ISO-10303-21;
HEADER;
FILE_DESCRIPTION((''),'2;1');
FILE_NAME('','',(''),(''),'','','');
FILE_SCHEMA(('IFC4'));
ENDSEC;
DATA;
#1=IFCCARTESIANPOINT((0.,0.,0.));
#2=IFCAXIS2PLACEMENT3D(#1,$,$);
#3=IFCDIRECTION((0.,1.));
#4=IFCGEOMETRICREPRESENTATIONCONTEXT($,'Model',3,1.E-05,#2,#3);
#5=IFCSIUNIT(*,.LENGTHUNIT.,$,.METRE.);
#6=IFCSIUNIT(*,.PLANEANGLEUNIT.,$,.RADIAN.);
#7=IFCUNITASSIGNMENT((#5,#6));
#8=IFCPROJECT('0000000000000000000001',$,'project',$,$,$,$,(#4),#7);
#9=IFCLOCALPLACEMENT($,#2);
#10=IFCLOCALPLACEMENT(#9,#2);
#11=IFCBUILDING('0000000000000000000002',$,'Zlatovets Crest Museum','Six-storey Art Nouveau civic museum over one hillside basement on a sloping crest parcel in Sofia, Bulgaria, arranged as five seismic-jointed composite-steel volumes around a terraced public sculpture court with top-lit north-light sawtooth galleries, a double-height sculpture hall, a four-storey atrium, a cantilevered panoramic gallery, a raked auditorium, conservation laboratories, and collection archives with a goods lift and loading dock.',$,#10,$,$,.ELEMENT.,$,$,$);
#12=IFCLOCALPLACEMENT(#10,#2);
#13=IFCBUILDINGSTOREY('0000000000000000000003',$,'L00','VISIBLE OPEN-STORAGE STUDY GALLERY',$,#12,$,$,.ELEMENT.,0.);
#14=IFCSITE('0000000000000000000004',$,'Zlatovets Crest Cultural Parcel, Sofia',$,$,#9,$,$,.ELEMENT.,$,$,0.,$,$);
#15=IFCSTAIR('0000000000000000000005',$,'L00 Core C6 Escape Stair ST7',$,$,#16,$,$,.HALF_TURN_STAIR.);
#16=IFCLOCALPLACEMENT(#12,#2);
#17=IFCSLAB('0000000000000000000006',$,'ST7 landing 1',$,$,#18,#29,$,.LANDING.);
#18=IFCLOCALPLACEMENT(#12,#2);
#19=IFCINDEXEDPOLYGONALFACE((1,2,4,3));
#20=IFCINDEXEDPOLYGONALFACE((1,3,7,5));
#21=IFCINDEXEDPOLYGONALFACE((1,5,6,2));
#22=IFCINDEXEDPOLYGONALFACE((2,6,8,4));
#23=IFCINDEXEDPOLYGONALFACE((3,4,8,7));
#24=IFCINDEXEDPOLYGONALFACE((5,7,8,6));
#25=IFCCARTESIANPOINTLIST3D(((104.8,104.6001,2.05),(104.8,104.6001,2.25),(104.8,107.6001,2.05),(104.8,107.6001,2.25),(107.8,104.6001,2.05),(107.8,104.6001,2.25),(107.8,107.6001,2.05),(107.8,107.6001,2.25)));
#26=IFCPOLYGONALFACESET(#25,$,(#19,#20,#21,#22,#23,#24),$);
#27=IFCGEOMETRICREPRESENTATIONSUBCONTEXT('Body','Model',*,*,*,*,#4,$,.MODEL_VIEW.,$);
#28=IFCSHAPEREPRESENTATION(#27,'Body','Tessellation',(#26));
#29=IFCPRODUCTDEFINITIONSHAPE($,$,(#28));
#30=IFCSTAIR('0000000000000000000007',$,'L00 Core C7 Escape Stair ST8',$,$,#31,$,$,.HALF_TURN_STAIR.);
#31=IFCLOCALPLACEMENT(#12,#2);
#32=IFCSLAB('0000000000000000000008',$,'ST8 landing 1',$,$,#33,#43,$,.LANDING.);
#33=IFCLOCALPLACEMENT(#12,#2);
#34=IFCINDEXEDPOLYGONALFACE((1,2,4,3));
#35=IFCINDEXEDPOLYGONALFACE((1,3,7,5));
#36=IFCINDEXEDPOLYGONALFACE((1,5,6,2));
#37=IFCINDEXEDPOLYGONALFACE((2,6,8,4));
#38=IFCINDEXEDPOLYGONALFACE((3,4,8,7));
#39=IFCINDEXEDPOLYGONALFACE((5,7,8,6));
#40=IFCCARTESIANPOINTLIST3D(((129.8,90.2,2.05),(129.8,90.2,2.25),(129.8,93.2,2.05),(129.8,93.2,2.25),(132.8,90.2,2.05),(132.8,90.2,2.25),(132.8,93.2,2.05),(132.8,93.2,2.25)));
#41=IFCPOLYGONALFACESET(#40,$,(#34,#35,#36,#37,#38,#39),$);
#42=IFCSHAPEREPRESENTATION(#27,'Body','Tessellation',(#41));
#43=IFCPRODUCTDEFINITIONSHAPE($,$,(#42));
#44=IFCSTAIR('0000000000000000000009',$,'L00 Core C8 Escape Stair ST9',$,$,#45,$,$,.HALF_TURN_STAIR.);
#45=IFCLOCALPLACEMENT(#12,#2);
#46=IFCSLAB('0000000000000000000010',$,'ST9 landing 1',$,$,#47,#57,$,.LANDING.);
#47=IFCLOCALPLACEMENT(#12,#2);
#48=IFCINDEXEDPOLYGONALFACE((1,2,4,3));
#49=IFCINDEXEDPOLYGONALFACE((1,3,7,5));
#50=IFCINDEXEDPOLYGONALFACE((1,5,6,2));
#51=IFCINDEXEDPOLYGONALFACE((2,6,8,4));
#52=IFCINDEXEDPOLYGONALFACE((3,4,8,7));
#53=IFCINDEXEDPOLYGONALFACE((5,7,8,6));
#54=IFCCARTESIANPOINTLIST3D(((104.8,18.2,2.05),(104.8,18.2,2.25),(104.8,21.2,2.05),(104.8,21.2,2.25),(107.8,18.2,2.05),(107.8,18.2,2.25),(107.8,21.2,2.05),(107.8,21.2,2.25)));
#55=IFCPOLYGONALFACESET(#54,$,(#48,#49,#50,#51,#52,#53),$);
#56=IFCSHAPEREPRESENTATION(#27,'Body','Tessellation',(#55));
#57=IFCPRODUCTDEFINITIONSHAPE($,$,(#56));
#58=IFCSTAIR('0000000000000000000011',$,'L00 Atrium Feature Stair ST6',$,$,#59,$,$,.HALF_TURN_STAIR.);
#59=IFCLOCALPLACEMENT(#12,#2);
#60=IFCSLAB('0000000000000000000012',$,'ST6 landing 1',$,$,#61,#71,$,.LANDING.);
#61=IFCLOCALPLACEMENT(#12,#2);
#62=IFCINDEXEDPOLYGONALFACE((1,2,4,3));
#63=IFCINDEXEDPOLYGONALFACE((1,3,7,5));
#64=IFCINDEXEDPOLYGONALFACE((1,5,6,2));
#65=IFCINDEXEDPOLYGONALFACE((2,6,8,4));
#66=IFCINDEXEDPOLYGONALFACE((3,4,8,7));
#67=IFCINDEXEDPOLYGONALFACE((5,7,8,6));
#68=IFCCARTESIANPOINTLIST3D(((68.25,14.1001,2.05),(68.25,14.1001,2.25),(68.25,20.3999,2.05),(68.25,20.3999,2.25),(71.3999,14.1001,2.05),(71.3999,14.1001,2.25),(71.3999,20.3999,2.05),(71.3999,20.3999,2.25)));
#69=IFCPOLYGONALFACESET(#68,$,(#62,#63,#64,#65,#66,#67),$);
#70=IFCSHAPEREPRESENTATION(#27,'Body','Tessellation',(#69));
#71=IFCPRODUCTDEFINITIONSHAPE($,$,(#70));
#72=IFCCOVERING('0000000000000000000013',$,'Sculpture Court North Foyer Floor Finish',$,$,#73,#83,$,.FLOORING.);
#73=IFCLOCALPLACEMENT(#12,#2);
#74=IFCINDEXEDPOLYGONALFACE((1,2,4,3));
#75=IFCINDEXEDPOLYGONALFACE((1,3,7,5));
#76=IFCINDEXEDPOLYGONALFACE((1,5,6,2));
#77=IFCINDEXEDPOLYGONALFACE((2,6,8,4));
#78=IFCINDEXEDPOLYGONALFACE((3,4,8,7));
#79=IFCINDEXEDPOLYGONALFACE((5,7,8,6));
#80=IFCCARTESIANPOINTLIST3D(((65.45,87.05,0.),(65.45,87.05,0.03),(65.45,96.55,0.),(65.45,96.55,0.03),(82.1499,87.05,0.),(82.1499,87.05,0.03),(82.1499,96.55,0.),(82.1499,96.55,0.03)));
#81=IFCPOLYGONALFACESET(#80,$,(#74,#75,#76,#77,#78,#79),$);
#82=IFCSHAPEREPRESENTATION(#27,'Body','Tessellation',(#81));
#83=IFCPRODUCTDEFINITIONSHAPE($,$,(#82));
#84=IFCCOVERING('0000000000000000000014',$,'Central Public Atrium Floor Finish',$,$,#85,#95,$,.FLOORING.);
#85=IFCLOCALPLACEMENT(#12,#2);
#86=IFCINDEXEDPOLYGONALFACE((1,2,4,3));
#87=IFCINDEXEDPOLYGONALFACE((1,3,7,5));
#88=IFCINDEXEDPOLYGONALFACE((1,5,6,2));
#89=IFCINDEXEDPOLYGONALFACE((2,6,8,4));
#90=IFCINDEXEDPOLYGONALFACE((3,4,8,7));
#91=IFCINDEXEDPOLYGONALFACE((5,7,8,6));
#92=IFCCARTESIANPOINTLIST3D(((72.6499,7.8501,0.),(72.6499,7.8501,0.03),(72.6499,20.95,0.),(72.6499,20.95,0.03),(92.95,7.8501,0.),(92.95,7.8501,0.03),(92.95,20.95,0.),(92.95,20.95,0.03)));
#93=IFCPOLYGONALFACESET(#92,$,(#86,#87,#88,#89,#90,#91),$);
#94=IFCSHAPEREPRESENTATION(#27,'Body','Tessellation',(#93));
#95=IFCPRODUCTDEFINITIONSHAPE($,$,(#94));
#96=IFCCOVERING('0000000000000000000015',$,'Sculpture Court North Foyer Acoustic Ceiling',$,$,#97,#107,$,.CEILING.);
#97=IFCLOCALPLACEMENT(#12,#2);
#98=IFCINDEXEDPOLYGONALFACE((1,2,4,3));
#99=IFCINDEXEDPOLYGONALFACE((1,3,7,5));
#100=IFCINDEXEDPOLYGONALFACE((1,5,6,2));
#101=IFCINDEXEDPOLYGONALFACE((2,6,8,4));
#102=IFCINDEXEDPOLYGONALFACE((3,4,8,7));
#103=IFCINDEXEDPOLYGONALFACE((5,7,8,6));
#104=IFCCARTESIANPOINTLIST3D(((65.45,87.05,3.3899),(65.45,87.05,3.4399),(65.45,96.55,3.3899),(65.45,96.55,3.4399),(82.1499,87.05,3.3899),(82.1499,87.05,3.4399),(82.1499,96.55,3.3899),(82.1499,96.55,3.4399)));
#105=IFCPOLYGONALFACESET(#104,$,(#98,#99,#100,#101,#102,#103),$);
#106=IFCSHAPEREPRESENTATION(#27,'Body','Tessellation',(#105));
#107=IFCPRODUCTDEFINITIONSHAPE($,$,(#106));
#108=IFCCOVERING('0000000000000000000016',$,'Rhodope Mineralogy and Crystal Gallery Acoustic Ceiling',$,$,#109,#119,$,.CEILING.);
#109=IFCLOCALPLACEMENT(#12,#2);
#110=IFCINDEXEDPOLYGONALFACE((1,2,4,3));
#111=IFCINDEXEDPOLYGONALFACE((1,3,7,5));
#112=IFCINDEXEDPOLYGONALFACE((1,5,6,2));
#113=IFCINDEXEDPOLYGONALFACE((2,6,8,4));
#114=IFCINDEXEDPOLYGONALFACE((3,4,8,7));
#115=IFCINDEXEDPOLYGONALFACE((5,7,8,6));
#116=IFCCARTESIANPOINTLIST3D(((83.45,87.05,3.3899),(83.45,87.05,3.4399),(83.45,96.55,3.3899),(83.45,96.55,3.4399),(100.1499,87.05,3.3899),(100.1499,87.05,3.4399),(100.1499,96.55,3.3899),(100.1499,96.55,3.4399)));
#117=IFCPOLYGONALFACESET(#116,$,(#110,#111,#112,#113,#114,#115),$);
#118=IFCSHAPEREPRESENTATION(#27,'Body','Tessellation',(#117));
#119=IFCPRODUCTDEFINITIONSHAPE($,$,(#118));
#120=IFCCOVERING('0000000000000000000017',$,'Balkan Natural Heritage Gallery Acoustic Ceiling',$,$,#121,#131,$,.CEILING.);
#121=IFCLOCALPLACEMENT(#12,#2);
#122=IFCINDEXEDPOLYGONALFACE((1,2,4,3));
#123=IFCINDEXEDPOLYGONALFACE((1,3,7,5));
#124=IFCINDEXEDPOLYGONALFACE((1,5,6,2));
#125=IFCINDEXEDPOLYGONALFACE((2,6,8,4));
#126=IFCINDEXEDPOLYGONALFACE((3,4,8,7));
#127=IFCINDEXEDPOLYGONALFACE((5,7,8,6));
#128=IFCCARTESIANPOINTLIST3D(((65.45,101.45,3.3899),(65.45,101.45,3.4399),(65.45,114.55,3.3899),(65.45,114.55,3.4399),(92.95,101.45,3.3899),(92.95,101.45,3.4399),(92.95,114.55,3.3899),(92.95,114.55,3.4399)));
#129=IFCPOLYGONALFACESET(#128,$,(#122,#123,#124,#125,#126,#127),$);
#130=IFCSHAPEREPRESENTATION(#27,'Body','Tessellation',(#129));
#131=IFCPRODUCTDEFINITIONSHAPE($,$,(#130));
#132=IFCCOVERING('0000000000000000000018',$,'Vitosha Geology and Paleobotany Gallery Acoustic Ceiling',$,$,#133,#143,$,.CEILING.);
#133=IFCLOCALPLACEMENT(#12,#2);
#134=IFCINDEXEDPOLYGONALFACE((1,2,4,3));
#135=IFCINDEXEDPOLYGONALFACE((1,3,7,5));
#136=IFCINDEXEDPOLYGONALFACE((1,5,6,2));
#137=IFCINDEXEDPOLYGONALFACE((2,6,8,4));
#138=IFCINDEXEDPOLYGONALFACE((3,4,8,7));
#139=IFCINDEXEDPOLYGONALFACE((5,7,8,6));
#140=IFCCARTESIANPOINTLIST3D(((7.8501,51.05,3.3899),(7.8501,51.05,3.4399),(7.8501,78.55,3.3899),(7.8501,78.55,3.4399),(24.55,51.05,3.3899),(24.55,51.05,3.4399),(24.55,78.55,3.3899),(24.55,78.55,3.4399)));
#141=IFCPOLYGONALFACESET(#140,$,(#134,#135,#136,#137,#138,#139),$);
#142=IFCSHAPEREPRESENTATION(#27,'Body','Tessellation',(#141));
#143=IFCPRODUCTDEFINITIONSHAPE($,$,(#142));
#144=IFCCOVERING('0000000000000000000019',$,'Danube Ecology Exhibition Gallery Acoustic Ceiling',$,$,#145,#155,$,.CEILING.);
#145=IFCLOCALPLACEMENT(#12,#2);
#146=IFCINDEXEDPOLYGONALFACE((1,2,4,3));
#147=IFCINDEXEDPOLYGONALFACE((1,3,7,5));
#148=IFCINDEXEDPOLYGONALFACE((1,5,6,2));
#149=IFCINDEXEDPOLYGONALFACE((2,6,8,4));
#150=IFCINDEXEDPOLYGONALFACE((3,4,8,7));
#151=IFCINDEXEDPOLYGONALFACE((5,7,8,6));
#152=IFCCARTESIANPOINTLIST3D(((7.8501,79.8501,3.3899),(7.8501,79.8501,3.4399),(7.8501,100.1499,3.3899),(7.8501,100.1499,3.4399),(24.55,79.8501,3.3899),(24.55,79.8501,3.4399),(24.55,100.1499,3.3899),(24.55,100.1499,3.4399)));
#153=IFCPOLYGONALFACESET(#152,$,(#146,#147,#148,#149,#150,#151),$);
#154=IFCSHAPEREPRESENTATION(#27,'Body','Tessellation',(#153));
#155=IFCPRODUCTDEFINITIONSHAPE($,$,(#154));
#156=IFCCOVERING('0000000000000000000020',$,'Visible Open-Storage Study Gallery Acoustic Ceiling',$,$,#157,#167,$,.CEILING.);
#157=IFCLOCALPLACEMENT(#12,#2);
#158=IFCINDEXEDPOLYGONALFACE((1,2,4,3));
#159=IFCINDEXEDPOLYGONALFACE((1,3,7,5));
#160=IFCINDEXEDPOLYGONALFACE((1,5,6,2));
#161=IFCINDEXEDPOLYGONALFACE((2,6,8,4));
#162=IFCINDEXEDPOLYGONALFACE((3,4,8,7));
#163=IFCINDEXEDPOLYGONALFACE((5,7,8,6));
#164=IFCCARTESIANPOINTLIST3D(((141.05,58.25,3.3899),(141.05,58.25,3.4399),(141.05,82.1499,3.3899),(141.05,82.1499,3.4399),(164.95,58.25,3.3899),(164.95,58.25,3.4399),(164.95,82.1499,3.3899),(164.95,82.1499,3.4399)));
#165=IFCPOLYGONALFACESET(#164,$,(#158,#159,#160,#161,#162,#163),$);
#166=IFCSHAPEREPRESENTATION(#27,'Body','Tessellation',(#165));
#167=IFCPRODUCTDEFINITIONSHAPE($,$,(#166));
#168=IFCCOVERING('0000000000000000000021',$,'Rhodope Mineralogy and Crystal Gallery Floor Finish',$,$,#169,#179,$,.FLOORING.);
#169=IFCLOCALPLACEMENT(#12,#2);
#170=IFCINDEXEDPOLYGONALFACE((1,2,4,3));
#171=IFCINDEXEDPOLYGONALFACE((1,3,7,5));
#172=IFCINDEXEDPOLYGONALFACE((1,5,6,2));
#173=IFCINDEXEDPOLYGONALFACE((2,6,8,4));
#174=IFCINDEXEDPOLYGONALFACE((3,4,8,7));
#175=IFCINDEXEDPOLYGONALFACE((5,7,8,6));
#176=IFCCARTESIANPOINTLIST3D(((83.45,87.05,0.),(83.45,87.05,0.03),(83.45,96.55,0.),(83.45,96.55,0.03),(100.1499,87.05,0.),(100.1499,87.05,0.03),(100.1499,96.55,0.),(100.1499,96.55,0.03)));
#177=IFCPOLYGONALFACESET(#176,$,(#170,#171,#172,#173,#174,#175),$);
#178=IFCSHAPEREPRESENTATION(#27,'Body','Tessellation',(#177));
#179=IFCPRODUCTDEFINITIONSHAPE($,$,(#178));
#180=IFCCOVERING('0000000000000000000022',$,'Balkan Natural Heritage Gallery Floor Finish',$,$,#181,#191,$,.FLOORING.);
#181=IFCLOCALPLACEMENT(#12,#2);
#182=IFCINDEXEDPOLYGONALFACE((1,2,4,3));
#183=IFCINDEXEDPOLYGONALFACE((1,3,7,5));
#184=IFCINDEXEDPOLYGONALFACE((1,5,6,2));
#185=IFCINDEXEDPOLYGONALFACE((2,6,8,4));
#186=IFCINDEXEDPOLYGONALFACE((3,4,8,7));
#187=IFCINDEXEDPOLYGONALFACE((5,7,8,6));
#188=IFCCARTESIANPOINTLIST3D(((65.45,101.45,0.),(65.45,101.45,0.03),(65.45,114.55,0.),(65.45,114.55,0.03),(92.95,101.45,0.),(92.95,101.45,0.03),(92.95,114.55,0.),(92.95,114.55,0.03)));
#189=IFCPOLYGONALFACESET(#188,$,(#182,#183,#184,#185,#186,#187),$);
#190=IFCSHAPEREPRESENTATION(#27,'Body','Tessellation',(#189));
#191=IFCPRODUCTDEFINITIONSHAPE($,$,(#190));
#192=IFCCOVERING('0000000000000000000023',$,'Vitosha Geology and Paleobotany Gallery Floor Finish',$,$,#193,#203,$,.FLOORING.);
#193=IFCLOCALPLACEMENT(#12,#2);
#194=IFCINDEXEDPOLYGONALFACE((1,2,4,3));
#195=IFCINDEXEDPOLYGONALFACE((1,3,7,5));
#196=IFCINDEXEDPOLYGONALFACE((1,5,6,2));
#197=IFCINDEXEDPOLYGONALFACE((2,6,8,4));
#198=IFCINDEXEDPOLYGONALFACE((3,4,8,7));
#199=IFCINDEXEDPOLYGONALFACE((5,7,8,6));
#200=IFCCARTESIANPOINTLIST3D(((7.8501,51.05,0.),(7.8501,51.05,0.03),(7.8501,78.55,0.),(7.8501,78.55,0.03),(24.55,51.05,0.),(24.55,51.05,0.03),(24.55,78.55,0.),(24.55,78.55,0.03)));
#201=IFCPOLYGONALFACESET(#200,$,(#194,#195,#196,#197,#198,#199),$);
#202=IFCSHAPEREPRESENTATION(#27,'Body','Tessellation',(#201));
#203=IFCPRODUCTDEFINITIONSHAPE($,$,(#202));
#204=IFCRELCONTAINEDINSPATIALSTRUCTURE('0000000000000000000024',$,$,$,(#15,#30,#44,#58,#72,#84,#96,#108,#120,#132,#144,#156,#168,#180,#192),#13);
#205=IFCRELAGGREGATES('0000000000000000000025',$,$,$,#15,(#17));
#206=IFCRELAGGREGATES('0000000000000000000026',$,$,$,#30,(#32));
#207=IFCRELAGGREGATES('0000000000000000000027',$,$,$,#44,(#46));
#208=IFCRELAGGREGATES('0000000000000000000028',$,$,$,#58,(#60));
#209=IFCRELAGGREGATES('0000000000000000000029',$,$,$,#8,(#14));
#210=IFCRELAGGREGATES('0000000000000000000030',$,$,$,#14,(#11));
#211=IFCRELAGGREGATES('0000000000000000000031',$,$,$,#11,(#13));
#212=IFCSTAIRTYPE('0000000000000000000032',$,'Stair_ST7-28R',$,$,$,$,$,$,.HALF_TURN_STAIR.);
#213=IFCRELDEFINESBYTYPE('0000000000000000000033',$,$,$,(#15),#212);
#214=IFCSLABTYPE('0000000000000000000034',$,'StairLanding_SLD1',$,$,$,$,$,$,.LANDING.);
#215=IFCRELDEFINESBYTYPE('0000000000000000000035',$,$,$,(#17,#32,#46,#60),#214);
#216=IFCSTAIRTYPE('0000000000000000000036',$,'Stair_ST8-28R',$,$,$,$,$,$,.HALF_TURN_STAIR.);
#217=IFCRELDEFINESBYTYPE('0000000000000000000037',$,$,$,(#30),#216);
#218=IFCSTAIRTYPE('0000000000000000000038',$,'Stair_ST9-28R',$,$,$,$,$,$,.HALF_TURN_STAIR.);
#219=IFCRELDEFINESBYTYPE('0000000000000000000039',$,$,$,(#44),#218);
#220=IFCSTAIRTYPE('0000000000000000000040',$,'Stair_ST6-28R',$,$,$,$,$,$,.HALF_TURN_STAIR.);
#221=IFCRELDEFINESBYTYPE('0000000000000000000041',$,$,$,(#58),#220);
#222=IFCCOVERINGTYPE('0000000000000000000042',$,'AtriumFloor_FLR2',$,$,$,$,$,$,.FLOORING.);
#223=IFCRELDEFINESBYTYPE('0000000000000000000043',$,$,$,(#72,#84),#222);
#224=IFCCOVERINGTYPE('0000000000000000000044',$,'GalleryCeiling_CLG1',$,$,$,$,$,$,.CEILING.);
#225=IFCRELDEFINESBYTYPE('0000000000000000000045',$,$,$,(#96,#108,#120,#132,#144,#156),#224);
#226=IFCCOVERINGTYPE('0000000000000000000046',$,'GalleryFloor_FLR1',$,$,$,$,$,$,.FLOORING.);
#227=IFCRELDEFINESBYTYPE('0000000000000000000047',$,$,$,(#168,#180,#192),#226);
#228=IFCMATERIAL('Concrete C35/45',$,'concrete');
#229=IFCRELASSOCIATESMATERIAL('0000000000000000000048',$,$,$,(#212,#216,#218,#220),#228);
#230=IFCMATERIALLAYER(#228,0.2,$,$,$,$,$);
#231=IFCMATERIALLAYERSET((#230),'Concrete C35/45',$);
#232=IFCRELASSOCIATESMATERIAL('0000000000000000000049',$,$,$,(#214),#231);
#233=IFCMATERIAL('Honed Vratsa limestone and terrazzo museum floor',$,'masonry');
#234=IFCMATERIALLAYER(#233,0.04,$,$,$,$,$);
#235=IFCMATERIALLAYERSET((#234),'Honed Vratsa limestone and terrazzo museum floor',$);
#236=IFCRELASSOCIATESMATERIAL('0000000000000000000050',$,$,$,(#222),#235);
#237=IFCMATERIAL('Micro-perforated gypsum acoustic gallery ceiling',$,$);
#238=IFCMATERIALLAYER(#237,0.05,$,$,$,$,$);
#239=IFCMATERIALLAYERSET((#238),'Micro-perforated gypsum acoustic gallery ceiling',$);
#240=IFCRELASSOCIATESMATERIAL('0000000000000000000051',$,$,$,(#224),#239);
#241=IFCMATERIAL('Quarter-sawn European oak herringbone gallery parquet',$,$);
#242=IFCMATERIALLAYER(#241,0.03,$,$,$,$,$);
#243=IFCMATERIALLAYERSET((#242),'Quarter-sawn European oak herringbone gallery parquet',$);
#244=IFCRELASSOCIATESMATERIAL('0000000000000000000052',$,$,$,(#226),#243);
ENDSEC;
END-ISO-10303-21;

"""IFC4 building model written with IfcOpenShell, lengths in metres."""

from ifc_helpers import new_model, si_unit, direction, frame, origin, place, context, subcontext, project, spatial, polyline, outline, extrude, material, layer, layer_set, type_object, element, aggregate, save


model = new_model("IFC4")

# Units and contexts
model_context = context("Model", 3, precision=1e-05, world=origin(), true_north=direction((0.0, 1.0)))
body_context = subcontext(model_context, "Body", "Model", "MODEL_VIEW")
ifc_project = project(units=[si_unit("LENGTHUNIT", "METRE"), si_unit("PLANEANGLEUNIT", "RADIAN")], contexts=[model_context])

# Site, building, storey
site_placement = place(None, origin())
site = spatial("IfcSite", under=ifc_project, at=site_placement, Name="Zlatovets Crest Cultural Parcel, Sofia", CompositionType="ELEMENT", RefElevation=0.0)
building_placement = place(site_placement, origin())
building = spatial("IfcBuilding", under=site, at=building_placement, Name="Zlatovets Crest Museum", Description="Six-storey Art Nouveau civic museum over one hillside basement on a sloping crest parcel in Sofia, Bulgaria, arranged as five seismic-jointed composite-steel volumes around a terraced public sculpture court with top-lit north-light sawtooth galleries, a double-height sculpture hall, a four-storey atrium, a cantilevered panoramic gallery, a raked auditorium, conservation laboratories, and collection archives with a goods lift and loading dock.", CompositionType="ELEMENT")
storey_placement = place(building_placement, origin())
storey = spatial("IfcBuildingStorey", under=building, at=storey_placement, Name="L00", Description="VISIBLE OPEN-STORAGE STUDY GALLERY", CompositionType="ELEMENT", Elevation=0.0)

# Stairs, slabs
ifc_material_1 = material(Name="Concrete C35/45", Category="concrete")
stair_type_1 = type_object("IfcStairType", Name="Stair_ST7-28R", PredefinedType="HALF_TURN_STAIR", material=ifc_material_1)
stair_1_placement = place(storey_placement, origin())
stair_1 = element("IfcStair", 1, at=stair_1_placement, inside=storey, type_object=stair_type_1, Name="L00 Core C6 Escape Stair ST7", PredefinedType="HALF_TURN_STAIR")
ifc_layer_1 = layer(ifc_material_1, 0.2)
ifc_layer_set_1 = layer_set([ifc_layer_1], Name="Concrete C35/45")
slab_type = type_object("IfcSlabType", Name="StairLanding_SLD1", PredefinedType="LANDING", material=ifc_layer_set_1)
slab_1_placement = place(storey_placement, frame((0.0, 0.0, 2.05)))
slab_1 = element("IfcSlab", 2, at=slab_1_placement, type_object=slab_type, Name="ST7 landing 1", PredefinedType="LANDING", context=body_context, shape_type="SweptSolid", body=[
    extrude(outline(polyline([(107.8, 104.6001), (107.8, 107.6001), (104.8, 107.6001), (104.8, 104.6001), (107.8, 104.6001)])), origin(), (0.0, 0.0, 1.0), 0.2),
])
aggregate(stair_1, [slab_1])
stair_type_2 = type_object("IfcStairType", Name="Stair_ST8-28R", PredefinedType="HALF_TURN_STAIR", material=ifc_material_1)
stair_2_placement = place(storey_placement, origin())
stair_2 = element("IfcStair", 3, at=stair_2_placement, inside=storey, type_object=stair_type_2, Name="L00 Core C7 Escape Stair ST8", PredefinedType="HALF_TURN_STAIR")
slab_2_placement = place(storey_placement, frame((0.0, 0.0, 2.05)))
slab_2 = element("IfcSlab", 4, at=slab_2_placement, type_object=slab_type, Name="ST8 landing 1", PredefinedType="LANDING", context=body_context, shape_type="SweptSolid", body=[
    extrude(outline(polyline([(132.8, 90.2), (132.8, 93.2), (129.8, 93.2), (129.8, 90.2), (132.8, 90.2)])), origin(), (0.0, 0.0, 1.0), 0.2),
])
aggregate(stair_2, [slab_2])
stair_type_3 = type_object("IfcStairType", Name="Stair_ST9-28R", PredefinedType="HALF_TURN_STAIR", material=ifc_material_1)
stair_3_placement = place(storey_placement, origin())
stair_3 = element("IfcStair", 5, at=stair_3_placement, inside=storey, type_object=stair_type_3, Name="L00 Core C8 Escape Stair ST9", PredefinedType="HALF_TURN_STAIR")
slab_3_placement = place(storey_placement, frame((0.0, 0.0, 2.05)))
slab_3 = element("IfcSlab", 6, at=slab_3_placement, type_object=slab_type, Name="ST9 landing 1", PredefinedType="LANDING", context=body_context, shape_type="SweptSolid", body=[
    extrude(outline(polyline([(107.8, 18.2), (107.8, 21.2), (104.8, 21.2), (104.8, 18.2), (107.8, 18.2)])), origin(), (0.0, 0.0, 1.0), 0.2),
])
aggregate(stair_3, [slab_3])
stair_type_4 = type_object("IfcStairType", Name="Stair_ST6-28R", PredefinedType="HALF_TURN_STAIR", material=ifc_material_1)
stair_4_placement = place(storey_placement, origin())
stair_4 = element("IfcStair", 7, at=stair_4_placement, inside=storey, type_object=stair_type_4, Name="L00 Atrium Feature Stair ST6", PredefinedType="HALF_TURN_STAIR")
slab_4_placement = place(storey_placement, frame((0.0, 0.0, 2.05)))
slab_4 = element("IfcSlab", 8, at=slab_4_placement, type_object=slab_type, Name="ST6 landing 1", PredefinedType="LANDING", context=body_context, shape_type="SweptSolid", body=[
    extrude(outline(polyline([(71.3999, 14.1001), (71.3999, 20.3999), (68.25, 20.3999), (68.25, 14.1001), (71.3999, 14.1001)])), origin(), (0.0, 0.0, 1.0), 0.2),
])
aggregate(stair_4, [slab_4])

# Coverings
ifc_material_2 = material(Name="Honed Vratsa limestone and terrazzo museum floor", Category="masonry")
ifc_layer_2 = layer(ifc_material_2, 0.04)
ifc_layer_set_2 = layer_set([ifc_layer_2], Name="Honed Vratsa limestone and terrazzo museum floor")
covering_type_1 = type_object("IfcCoveringType", Name="AtriumFloor_FLR2", PredefinedType="FLOORING", material=ifc_layer_set_2)
covering_1_placement = place(storey_placement, origin())
element("IfcCovering", 9, at=covering_1_placement, inside=storey, type_object=covering_type_1, Name="Sculpture Court North Foyer Floor Finish", PredefinedType="FLOORING", context=body_context, shape_type="SweptSolid", body=[
    extrude(outline(polyline([(65.45, 87.05), (82.1499, 87.05), (82.1499, 96.55), (65.45, 96.55), (65.45, 87.05)])), origin(), (0.0, 0.0, 1.0), 0.03),
])
covering_2_placement = place(storey_placement, origin())
element("IfcCovering", 10, at=covering_2_placement, inside=storey, type_object=covering_type_1, Name="Central Public Atrium Floor Finish", PredefinedType="FLOORING", context=body_context, shape_type="SweptSolid", body=[
    extrude(outline(polyline([(72.6499, 7.8501), (92.95, 7.8501), (92.95, 20.95), (72.6499, 20.95), (72.6499, 7.8501)])), origin(), (0.0, 0.0, 1.0), 0.03),
])
ifc_material_3 = material(Name="Micro-perforated gypsum acoustic gallery ceiling")
ifc_layer_3 = layer(ifc_material_3, 0.05)
ifc_layer_set_3 = layer_set([ifc_layer_3], Name="Micro-perforated gypsum acoustic gallery ceiling")
covering_type_2 = type_object("IfcCoveringType", Name="GalleryCeiling_CLG1", PredefinedType="CEILING", material=ifc_layer_set_3)
covering_3_placement = place(storey_placement, frame((0.0, 0.0, 3.3899)))
element("IfcCovering", 11, at=covering_3_placement, inside=storey, type_object=covering_type_2, Name="Sculpture Court North Foyer Acoustic Ceiling", PredefinedType="CEILING", context=body_context, shape_type="SweptSolid", body=[
    extrude(outline(polyline([(65.45, 87.05), (82.1499, 87.05), (82.1499, 96.55), (65.45, 96.55), (65.45, 87.05)])), origin(), (0.0, 0.0, 1.0), 0.05),
])
covering_4_placement = place(storey_placement, frame((0.0, 0.0, 3.3899)))
element("IfcCovering", 12, at=covering_4_placement, inside=storey, type_object=covering_type_2, Name="Rhodope Mineralogy and Crystal Gallery Acoustic Ceiling", PredefinedType="CEILING", context=body_context, shape_type="SweptSolid", body=[
    extrude(outline(polyline([(83.45, 87.05), (100.1499, 87.05), (100.1499, 96.55), (83.45, 96.55), (83.45, 87.05)])), origin(), (0.0, 0.0, 1.0), 0.05),
])
covering_5_placement = place(storey_placement, frame((0.0, 0.0, 3.3899)))
element("IfcCovering", 13, at=covering_5_placement, inside=storey, type_object=covering_type_2, Name="Balkan Natural Heritage Gallery Acoustic Ceiling", PredefinedType="CEILING", context=body_context, shape_type="SweptSolid", body=[
    extrude(outline(polyline([(65.45, 101.45), (92.95, 101.45), (92.95, 114.55), (65.45, 114.55), (65.45, 101.45)])), origin(), (0.0, 0.0, 1.0), 0.05),
])
covering_6_placement = place(storey_placement, frame((0.0, 0.0, 3.3899)))
element("IfcCovering", 14, at=covering_6_placement, inside=storey, type_object=covering_type_2, Name="Vitosha Geology and Paleobotany Gallery Acoustic Ceiling", PredefinedType="CEILING", context=body_context, shape_type="SweptSolid", body=[
    extrude(outline(polyline([(7.8501, 51.05), (24.55, 51.05), (24.55, 78.55), (7.8501, 78.55), (7.8501, 51.05)])), origin(), (0.0, 0.0, 1.0), 0.05),
])
covering_7_placement = place(storey_placement, frame((0.0, 0.0, 3.3899)))
element("IfcCovering", 15, at=covering_7_placement, inside=storey, type_object=covering_type_2, Name="Danube Ecology Exhibition Gallery Acoustic Ceiling", PredefinedType="CEILING", context=body_context, shape_type="SweptSolid", body=[
    extrude(outline(polyline([(7.8501, 79.8501), (24.55, 79.8501), (24.55, 100.1499), (7.8501, 100.1499), (7.8501, 79.8501)])), origin(), (0.0, 0.0, 1.0), 0.05),
])
covering_8_placement = place(storey_placement, frame((0.0, 0.0, 3.3899)))
element("IfcCovering", 16, at=covering_8_placement, inside=storey, type_object=covering_type_2, Name="Visible Open-Storage Study Gallery Acoustic Ceiling", PredefinedType="CEILING", context=body_context, shape_type="SweptSolid", body=[
    extrude(outline(polyline([(141.05, 58.25), (164.95, 58.25), (164.95, 82.1499), (141.05, 82.1499), (141.05, 58.25)])), origin(), (0.0, 0.0, 1.0), 0.05),
])
ifc_material_4 = material(Name="Quarter-sawn European oak herringbone gallery parquet")
ifc_layer_4 = layer(ifc_material_4, 0.03)
ifc_layer_set_4 = layer_set([ifc_layer_4], Name="Quarter-sawn European oak herringbone gallery parquet")
covering_type_3 = type_object("IfcCoveringType", Name="GalleryFloor_FLR1", PredefinedType="FLOORING", material=ifc_layer_set_4)
covering_9_placement = place(storey_placement, origin())
element("IfcCovering", 17, at=covering_9_placement, inside=storey, type_object=covering_type_3, Name="Rhodope Mineralogy and Crystal Gallery Floor Finish", PredefinedType="FLOORING", context=body_context, shape_type="SweptSolid", body=[
    extrude(outline(polyline([(83.45, 87.05), (100.1499, 87.05), (100.1499, 96.55), (83.45, 96.55), (83.45, 87.05)])), origin(), (0.0, 0.0, 1.0), 0.03),
])
covering_10_placement = place(storey_placement, origin())
element("IfcCovering", 18, at=covering_10_placement, inside=storey, type_object=covering_type_3, Name="Balkan Natural Heritage Gallery Floor Finish", PredefinedType="FLOORING", context=body_context, shape_type="SweptSolid", body=[
    extrude(outline(polyline([(65.45, 101.45), (92.95, 101.45), (92.95, 114.55), (65.45, 114.55), (65.45, 101.45)])), origin(), (0.0, 0.0, 1.0), 0.03),
])
covering_11_placement = place(storey_placement, origin())
element("IfcCovering", 19, at=covering_11_placement, inside=storey, type_object=covering_type_3, Name="Vitosha Geology and Paleobotany Gallery Floor Finish", PredefinedType="FLOORING", context=body_context, shape_type="SweptSolid", body=[
    extrude(outline(polyline([(7.8501, 51.05), (24.55, 51.05), (24.55, 78.55), (7.8501, 78.55), (7.8501, 51.05)])), origin(), (0.0, 0.0, 1.0), 0.03),
])

save(model, "model.ifc")
